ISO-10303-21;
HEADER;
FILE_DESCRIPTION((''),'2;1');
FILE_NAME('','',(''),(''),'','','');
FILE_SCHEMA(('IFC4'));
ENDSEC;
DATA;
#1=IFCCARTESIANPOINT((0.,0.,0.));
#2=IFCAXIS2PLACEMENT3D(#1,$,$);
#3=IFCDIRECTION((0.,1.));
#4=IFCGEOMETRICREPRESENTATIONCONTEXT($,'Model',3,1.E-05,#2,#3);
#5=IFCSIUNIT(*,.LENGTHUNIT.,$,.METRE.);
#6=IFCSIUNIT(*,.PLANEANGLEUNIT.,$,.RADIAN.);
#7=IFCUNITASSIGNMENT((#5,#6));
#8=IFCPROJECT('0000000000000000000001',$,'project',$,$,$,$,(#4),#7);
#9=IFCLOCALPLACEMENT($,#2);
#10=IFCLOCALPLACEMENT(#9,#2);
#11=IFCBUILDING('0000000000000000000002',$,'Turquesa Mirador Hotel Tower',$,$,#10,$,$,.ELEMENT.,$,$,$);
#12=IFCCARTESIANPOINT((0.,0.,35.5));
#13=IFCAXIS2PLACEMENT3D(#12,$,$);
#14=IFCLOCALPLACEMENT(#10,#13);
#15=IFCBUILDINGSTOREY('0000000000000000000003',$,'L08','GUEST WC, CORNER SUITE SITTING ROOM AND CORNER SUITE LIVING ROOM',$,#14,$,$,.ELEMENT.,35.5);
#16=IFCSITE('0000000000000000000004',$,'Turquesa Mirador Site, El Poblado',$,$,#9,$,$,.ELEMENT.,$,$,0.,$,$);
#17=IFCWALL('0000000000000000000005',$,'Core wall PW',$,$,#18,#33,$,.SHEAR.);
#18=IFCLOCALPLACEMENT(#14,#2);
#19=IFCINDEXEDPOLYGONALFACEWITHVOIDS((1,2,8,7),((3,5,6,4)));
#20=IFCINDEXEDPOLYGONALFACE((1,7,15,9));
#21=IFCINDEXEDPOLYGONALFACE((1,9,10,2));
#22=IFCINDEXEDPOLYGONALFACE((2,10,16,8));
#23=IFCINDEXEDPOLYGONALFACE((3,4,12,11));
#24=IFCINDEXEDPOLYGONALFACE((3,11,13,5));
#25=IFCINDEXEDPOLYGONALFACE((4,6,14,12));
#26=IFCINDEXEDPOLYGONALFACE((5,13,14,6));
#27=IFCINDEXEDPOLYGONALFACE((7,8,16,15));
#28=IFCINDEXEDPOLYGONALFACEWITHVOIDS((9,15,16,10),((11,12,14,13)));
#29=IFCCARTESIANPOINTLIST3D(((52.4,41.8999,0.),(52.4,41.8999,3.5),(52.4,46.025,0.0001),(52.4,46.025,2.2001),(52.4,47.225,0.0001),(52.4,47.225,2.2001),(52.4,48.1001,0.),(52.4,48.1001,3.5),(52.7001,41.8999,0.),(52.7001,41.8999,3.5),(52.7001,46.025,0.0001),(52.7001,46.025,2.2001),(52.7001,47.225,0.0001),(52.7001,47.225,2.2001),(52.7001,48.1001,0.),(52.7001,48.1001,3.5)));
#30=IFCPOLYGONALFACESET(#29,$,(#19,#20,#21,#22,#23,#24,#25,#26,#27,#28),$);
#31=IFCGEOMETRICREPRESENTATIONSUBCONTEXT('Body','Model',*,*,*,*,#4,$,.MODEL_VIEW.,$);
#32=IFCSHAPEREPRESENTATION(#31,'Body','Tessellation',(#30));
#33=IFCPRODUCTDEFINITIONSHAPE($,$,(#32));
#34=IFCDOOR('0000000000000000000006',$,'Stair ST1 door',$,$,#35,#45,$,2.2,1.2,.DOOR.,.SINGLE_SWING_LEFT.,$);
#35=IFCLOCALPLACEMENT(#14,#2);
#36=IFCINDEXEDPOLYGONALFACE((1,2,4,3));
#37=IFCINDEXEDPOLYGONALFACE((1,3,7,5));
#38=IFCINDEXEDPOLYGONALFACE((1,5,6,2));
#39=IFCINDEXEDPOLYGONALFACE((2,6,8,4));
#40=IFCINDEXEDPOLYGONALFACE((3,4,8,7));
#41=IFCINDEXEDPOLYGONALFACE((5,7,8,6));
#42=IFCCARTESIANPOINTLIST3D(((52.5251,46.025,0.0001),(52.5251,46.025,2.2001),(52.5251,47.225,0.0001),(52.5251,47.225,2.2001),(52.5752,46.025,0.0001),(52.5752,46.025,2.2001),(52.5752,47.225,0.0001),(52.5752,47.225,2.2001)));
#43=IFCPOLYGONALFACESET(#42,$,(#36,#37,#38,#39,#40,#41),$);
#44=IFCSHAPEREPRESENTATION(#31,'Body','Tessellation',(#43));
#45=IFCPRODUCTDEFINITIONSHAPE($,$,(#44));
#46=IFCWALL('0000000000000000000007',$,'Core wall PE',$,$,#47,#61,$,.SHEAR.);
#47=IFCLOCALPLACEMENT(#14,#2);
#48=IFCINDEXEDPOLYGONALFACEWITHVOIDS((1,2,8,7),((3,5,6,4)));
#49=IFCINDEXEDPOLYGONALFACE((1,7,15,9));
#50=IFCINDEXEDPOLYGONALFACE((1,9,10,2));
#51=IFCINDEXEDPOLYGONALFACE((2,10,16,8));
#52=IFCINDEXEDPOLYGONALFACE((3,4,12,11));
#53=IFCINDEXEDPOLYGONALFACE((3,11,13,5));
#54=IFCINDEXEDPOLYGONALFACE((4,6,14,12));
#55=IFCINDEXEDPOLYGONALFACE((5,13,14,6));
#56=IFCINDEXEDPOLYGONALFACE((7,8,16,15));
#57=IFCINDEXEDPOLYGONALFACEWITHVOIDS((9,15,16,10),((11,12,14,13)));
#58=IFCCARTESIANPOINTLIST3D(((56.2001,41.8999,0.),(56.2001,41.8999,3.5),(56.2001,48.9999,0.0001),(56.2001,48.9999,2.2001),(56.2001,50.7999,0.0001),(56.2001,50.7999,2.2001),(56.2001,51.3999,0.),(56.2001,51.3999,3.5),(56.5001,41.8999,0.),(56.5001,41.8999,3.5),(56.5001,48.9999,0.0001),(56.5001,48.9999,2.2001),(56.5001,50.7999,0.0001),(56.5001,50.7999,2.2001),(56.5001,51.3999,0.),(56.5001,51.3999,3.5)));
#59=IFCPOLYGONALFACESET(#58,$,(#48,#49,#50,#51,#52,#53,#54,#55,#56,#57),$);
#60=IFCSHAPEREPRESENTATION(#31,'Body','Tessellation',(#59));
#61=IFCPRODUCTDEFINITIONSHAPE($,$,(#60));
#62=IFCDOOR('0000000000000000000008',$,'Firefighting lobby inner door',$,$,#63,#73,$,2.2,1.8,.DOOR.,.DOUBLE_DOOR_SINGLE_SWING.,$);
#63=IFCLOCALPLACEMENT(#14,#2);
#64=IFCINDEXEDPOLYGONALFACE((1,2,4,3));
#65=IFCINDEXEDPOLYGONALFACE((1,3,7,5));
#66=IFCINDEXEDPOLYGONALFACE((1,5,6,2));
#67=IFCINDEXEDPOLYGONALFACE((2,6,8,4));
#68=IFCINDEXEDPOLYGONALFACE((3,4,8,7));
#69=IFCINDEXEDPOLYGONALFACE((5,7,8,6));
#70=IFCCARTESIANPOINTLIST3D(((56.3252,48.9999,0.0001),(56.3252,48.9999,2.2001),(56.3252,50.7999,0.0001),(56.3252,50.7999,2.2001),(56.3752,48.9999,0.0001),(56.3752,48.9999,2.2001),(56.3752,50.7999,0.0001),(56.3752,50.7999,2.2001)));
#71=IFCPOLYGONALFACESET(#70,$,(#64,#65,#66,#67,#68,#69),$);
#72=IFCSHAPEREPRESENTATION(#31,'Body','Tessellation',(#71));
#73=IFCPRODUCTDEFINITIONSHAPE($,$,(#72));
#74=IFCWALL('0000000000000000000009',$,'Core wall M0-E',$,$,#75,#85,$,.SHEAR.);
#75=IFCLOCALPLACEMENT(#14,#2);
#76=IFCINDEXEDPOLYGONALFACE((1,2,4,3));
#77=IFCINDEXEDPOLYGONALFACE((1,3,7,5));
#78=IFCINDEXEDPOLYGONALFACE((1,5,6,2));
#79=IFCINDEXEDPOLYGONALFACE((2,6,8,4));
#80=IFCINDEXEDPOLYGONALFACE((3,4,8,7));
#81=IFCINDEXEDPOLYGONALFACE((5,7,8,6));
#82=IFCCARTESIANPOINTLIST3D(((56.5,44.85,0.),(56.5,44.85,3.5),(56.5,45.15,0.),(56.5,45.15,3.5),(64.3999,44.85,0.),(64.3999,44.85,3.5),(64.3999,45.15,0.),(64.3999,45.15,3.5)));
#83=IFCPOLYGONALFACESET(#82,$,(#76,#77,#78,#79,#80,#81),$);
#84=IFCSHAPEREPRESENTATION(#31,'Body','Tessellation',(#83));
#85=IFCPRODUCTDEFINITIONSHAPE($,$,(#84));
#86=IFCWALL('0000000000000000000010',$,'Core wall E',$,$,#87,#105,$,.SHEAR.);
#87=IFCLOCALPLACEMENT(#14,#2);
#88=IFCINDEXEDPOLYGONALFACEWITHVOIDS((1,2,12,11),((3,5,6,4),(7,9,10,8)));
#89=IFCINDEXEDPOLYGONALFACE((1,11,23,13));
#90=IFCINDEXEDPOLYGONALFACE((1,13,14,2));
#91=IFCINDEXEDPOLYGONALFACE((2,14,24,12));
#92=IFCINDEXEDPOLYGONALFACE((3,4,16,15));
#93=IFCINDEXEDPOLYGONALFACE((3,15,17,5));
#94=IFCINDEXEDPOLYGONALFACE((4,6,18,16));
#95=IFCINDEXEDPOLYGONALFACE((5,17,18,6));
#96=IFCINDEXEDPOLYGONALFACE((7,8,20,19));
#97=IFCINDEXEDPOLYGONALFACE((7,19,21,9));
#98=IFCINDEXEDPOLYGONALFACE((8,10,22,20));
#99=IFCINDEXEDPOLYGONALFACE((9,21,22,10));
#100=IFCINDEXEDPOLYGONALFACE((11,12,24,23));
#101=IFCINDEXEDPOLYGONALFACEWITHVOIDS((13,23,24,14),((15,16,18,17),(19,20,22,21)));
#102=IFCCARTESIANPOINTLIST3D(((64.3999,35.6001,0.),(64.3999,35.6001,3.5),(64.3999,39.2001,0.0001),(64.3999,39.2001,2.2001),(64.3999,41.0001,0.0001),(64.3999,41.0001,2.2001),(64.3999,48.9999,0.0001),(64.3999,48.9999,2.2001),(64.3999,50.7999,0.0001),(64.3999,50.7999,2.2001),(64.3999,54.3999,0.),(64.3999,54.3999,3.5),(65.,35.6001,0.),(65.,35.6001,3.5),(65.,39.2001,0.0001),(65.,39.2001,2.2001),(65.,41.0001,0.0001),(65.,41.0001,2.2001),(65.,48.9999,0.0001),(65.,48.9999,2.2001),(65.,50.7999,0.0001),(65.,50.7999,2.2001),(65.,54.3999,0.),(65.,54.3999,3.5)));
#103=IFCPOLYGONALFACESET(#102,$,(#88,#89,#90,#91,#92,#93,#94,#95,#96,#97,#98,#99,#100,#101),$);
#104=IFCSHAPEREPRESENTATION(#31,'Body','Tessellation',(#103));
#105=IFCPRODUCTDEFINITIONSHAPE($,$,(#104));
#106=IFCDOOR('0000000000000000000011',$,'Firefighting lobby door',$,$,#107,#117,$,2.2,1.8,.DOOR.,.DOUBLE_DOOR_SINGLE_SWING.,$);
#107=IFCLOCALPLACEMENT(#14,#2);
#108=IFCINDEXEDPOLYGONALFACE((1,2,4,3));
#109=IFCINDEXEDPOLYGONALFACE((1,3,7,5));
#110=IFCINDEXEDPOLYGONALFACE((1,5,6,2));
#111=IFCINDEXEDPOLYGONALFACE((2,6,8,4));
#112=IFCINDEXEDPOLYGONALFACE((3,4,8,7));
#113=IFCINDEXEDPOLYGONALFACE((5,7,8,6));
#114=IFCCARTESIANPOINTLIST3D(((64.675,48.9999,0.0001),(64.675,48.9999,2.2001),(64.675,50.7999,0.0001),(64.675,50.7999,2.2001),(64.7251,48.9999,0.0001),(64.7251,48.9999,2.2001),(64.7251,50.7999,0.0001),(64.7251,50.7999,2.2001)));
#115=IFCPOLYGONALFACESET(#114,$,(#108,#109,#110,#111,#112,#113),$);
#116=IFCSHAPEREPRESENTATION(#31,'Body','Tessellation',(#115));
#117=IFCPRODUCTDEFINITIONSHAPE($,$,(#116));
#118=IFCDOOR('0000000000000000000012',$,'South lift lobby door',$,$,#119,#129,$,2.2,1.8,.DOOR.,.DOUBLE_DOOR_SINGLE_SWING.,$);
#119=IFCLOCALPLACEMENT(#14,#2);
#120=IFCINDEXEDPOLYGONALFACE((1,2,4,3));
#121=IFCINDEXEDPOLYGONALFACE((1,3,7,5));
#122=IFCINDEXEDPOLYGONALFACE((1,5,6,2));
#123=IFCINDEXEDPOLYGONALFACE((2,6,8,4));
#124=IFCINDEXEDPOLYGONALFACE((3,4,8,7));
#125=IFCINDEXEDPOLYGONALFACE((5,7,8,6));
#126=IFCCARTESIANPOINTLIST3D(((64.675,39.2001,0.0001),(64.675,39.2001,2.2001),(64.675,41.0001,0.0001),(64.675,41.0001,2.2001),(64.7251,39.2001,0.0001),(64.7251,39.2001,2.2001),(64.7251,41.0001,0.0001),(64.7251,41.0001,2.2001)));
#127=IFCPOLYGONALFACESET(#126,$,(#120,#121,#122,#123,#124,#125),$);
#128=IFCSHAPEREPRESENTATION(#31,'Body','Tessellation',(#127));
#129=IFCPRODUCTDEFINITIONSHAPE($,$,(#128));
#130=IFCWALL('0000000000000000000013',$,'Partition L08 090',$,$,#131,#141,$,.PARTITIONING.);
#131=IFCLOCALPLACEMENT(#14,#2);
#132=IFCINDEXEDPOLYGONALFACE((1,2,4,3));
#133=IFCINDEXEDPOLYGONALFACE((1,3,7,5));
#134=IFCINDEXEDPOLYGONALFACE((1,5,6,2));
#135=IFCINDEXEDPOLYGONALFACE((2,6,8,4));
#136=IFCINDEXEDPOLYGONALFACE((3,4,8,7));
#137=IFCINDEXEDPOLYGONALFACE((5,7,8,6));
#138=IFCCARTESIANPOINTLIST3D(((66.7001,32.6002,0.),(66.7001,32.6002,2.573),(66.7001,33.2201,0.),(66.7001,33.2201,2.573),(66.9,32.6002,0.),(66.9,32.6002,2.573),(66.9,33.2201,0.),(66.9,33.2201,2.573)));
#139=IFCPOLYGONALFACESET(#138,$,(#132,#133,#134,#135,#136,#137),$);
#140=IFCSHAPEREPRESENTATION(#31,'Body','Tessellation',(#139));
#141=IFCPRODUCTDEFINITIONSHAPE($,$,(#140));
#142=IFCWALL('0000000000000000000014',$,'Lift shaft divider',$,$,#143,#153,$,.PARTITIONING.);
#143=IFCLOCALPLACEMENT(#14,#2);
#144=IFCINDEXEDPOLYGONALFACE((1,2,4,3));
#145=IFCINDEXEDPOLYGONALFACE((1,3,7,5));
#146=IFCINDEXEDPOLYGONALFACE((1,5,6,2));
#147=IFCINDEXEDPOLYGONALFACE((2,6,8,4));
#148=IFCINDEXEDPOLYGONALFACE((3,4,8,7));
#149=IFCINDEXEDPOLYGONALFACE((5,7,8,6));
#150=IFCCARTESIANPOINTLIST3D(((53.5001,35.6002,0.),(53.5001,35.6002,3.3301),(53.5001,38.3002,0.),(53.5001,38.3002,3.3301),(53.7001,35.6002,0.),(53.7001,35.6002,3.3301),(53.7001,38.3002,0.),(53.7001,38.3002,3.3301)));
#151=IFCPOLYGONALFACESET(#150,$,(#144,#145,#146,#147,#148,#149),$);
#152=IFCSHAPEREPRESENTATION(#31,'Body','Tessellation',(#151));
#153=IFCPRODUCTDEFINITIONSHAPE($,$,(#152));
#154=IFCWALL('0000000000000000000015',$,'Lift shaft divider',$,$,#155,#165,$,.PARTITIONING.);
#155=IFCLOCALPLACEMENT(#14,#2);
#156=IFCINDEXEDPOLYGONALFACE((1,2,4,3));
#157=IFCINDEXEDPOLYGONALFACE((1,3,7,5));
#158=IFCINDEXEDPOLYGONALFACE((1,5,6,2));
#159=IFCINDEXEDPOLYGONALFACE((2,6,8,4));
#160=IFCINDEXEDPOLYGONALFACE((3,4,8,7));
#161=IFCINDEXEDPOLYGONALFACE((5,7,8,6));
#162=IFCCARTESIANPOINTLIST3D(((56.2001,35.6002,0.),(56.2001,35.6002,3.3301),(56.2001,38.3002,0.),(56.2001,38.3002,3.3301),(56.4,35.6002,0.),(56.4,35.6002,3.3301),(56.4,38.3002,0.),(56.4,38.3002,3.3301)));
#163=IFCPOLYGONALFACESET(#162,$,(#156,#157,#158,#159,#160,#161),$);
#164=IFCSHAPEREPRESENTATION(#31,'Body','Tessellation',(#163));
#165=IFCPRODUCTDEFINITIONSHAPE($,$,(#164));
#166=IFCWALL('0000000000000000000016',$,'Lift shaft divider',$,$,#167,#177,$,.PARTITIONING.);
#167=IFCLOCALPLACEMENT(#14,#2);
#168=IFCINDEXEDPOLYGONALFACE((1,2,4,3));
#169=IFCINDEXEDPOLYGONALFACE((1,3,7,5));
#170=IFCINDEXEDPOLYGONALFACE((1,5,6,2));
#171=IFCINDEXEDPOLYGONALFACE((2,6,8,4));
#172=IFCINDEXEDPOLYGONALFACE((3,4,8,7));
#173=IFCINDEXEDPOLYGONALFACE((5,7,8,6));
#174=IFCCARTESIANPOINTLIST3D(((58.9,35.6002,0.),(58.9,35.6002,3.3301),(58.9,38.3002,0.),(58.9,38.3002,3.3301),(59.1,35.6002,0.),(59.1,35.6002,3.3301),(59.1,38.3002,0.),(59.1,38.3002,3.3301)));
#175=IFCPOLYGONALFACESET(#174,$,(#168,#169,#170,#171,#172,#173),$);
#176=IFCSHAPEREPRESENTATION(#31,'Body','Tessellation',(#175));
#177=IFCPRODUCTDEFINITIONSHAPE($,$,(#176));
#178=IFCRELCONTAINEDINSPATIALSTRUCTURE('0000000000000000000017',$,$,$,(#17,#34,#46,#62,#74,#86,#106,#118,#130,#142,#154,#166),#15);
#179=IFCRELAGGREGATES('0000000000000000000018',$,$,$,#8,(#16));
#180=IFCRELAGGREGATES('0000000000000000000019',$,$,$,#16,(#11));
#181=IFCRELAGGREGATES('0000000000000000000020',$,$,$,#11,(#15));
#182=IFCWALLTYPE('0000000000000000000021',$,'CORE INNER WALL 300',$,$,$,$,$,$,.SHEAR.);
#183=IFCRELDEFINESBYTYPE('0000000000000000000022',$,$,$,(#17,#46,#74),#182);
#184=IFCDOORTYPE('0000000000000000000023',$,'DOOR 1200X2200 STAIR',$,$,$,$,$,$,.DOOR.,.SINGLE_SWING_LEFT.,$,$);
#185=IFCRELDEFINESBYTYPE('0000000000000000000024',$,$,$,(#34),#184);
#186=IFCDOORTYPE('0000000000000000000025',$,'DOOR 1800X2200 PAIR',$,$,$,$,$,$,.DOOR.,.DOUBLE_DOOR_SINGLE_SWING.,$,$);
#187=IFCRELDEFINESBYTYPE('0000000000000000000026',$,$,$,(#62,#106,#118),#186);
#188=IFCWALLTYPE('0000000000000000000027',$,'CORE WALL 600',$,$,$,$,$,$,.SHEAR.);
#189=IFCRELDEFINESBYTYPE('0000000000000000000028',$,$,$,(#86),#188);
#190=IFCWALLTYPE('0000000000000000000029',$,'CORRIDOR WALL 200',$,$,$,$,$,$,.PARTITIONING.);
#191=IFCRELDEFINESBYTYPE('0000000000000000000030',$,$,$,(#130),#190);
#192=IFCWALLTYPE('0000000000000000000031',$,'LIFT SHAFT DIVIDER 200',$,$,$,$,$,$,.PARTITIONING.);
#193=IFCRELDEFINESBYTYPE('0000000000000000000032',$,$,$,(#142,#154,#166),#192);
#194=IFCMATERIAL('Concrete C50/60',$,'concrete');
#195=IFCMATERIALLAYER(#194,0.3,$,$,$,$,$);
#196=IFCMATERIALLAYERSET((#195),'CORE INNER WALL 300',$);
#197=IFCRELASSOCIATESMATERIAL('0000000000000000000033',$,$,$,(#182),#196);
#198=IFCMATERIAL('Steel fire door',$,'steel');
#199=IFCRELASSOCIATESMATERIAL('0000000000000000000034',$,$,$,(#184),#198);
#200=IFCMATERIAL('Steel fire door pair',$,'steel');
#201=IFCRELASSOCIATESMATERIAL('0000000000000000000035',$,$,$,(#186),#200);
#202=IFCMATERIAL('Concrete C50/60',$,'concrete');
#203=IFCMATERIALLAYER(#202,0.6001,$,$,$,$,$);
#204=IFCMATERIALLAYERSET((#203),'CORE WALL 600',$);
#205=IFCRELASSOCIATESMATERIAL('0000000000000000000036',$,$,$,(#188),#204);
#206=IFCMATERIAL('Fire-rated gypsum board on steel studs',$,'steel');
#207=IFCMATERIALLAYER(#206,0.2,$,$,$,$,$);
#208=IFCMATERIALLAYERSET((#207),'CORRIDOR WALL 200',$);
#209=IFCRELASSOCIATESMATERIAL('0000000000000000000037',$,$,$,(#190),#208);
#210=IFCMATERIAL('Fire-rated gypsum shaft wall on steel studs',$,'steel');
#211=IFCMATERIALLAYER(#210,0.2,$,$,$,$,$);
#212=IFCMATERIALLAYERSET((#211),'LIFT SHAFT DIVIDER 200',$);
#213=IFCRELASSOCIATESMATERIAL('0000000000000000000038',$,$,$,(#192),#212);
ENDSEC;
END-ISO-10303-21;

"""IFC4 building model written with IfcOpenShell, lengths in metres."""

from ifc_helpers import new_model, si_unit, direction, frame, frame_2d, origin, place, context, subcontext, project, spatial, rectangle, extrude, material, layer, layer_set, type_object, element, fill, save


model = new_model("IFC4")

# Units and contexts
model_context = context("Model", 3, precision=1e-05, world=origin(), true_north=direction((0.0, 1.0)))
body_context = subcontext(model_context, "Body", "Model", "MODEL_VIEW")
ifc_project = project(units=[si_unit("LENGTHUNIT", "METRE"), si_unit("PLANEANGLEUNIT", "RADIAN")], contexts=[model_context])

# Site, building, storey
site_placement = place(None, origin())
site = spatial("IfcSite", under=ifc_project, at=site_placement, Name="Turquesa Mirador Site, El Poblado", CompositionType="ELEMENT", RefElevation=0.0)
building_placement = place(site_placement, origin())
building = spatial("IfcBuilding", under=site, at=building_placement, Name="Turquesa Mirador Hotel Tower", CompositionType="ELEMENT")
storey_placement = place(building_placement, frame((0.0, 0.0, 35.5)))
storey = spatial("IfcBuildingStorey", under=building, at=storey_placement, Name="L08", Description="GUEST WC, CORNER SUITE SITTING ROOM AND CORNER SUITE LIVING ROOM", CompositionType="ELEMENT", Elevation=35.5)

# Walls, openings, doors
ifc_material_1 = material(Name="Concrete C50/60", Category="concrete")
ifc_layer_1 = layer(ifc_material_1, 0.3)
ifc_layer_set_1 = layer_set([ifc_layer_1], Name="CORE INNER WALL 300")
wall_type_1 = type_object("IfcWallType", Name="CORE INNER WALL 300", PredefinedType="SHEAR", material=ifc_layer_set_1)
wall_1_placement = place(storey_placement, frame((52.55, 41.8999, 0.0), z_axis=(0.0, 0.0, 1.0), x_axis=(0.0, 1.0, 0.0)))
wall_1 = element("IfcWall", 1, at=wall_1_placement, inside=storey, type_object=wall_type_1, Name="Core wall PW", PredefinedType="SHEAR", context=body_context, shape_type="SweptSolid", body=[
    extrude(rectangle(XDim=6.2002, YDim=0.3, at=frame_2d((3.1001, 0.0))), origin(), (0.0, 0.0, 1.0), 3.5),
])
opening_1_placement = place(wall_1_placement, frame((4.125, 0.0, 0.0)))
opening_1 = element("IfcOpeningElement", 2, at=opening_1_placement, cuts=wall_1, PredefinedType="OPENING", context=body_context, shape_type="SweptSolid", body=[
    extrude(rectangle(XDim=1.2, YDim=2.2, at=frame_2d((0.6001, 1.1001))), frame((0.0, 0.1599, 0.0), z_axis=(0.0, -1.0, 0.0), x_axis=(1.0, 0.0, 0.0)), (0.0, 0.0, 1.0), 0.3201),
])
ifc_material_2 = material(Name="Steel fire door", Category="steel")
door_type_1 = type_object("IfcDoorType", Name="DOOR 1200X2200 STAIR", OperationType="SINGLE_SWING_LEFT", PredefinedType="DOOR", material=ifc_material_2)
door_1_placement = place(opening_1_placement, origin())
door_1 = element("IfcDoor", 3, at=door_1_placement, inside=storey, type_object=door_type_1, Name="Stair ST1 door", OperationType="SINGLE_SWING_LEFT", OverallHeight=2.2, OverallWidth=1.2, PredefinedType="DOOR", context=body_context, shape_type="SweptSolid", body=[
    extrude(rectangle(XDim=1.2, YDim=2.2, at=frame_2d((0.6001, 1.1001))), frame((0.0, 0.0249, 0.0), z_axis=(0.0, -1.0, 0.0), x_axis=(1.0, 0.0, 0.0)), (0.0, 0.0, 1.0), 0.05),
])
fill(opening_1, door_1)
wall_2_placement = place(storey_placement, frame((56.3501, 41.8999, 0.0), z_axis=(0.0, 0.0, 1.0), x_axis=(0.0, 1.0, 0.0)))
wall_2 = element("IfcWall", 4, at=wall_2_placement, inside=storey, type_object=wall_type_1, Name="Core wall PE", PredefinedType="SHEAR", context=body_context, shape_type="SweptSolid", body=[
    extrude(rectangle(XDim=9.5, YDim=0.3, at=frame_2d((4.75, 0.0))), origin(), (0.0, 0.0, 1.0), 3.5),
])
opening_2_placement = place(wall_2_placement, frame((7.1001, 0.0, 0.0)))
opening_2 = element("IfcOpeningElement", 5, at=opening_2_placement, cuts=wall_2, PredefinedType="OPENING", context=body_context, shape_type="SweptSolid", body=[
    extrude(rectangle(XDim=1.8, YDim=2.2, at=frame_2d((0.8999, 1.1001))), frame((0.0, 0.1599, 0.0), z_axis=(0.0, -1.0, 0.0), x_axis=(1.0, 0.0, 0.0)), (0.0, 0.0, 1.0), 0.3201),
])
ifc_material_3 = material(Name="Steel fire door pair", Category="steel")
door_type_2 = type_object("IfcDoorType", Name="DOOR 1800X2200 PAIR", OperationType="DOUBLE_DOOR_SINGLE_SWING", PredefinedType="DOOR", material=ifc_material_3)
door_2_placement = place(opening_2_placement, origin())
door_2 = element("IfcDoor", 6, at=door_2_placement, inside=storey, type_object=door_type_2, Name="Firefighting lobby inner door", OperationType="DOUBLE_DOOR_SINGLE_SWING", OverallHeight=2.2, OverallWidth=1.8, PredefinedType="DOOR", context=body_context, shape_type="SweptSolid", body=[
    extrude(rectangle(XDim=1.8, YDim=2.2, at=frame_2d((0.8999, 1.1001))), frame((0.0, 0.0249, 0.0), z_axis=(0.0, -1.0, 0.0), x_axis=(1.0, 0.0, 0.0)), (0.0, 0.0, 1.0), 0.05),
])
fill(opening_2, door_2)

# Wall
wall_3_placement = place(storey_placement, frame((56.5, 45.0, 0.0), z_axis=(0.0, 0.0, 1.0), x_axis=(1.0, 0.0, 0.0)))
element("IfcWall", 7, at=wall_3_placement, inside=storey, type_object=wall_type_1, Name="Core wall M0-E", PredefinedType="SHEAR", context=body_context, shape_type="SweptSolid", body=[
    extrude(rectangle(XDim=7.8999, YDim=0.3, at=frame_2d((3.95, 0.0))), origin(), (0.0, 0.0, 1.0), 3.5),
])

# Wall, openings, doors
ifc_material_4 = material(Name="Concrete C50/60", Category="concrete")
ifc_layer_2 = layer(ifc_material_4, 0.6001)
ifc_layer_set_2 = layer_set([ifc_layer_2], Name="CORE WALL 600")
wall_type_2 = type_object("IfcWallType", Name="CORE WALL 600", PredefinedType="SHEAR", material=ifc_layer_set_2)
wall_4_placement = place(storey_placement, frame((64.7, 35.6001, 0.0), z_axis=(0.0, 0.0, 1.0), x_axis=(0.0, 1.0, 0.0)))
wall_4 = element("IfcWall", 8, at=wall_4_placement, inside=storey, type_object=wall_type_2, Name="Core wall E", PredefinedType="SHEAR", context=body_context, shape_type="SweptSolid", body=[
    extrude(rectangle(XDim=18.7998, YDim=0.6001, at=frame_2d((9.3999, 0.0))), origin(), (0.0, 0.0, 1.0), 3.5),
])
opening_3_placement = place(wall_4_placement, frame((13.3999, 0.0, 0.0)))
opening_3 = element("IfcOpeningElement", 9, at=opening_3_placement, cuts=wall_4, PredefinedType="OPENING", context=body_context, shape_type="SweptSolid", body=[
    extrude(rectangle(XDim=1.8, YDim=2.2, at=frame_2d((0.8999, 1.1001))), frame((0.0, 0.3101, 0.0), z_axis=(0.0, -1.0, 0.0), x_axis=(1.0, 0.0, 0.0)), (0.0, 0.0, 1.0), 0.6201),
])
opening_4_placement = place(wall_4_placement, frame((3.6001, 0.0, 0.0)))
opening_4 = element("IfcOpeningElement", 10, at=opening_4_placement, cuts=wall_4, PredefinedType="OPENING", context=body_context, shape_type="SweptSolid", body=[
    extrude(rectangle(XDim=1.8, YDim=2.2, at=frame_2d((0.8999, 1.1001))), frame((0.0, 0.3101, 0.0), z_axis=(0.0, -1.0, 0.0), x_axis=(1.0, 0.0, 0.0)), (0.0, 0.0, 1.0), 0.6201),
])
door_3_placement = place(opening_3_placement, origin())
door_3 = element("IfcDoor", 11, at=door_3_placement, inside=storey, type_object=door_type_2, Name="Firefighting lobby door", OperationType="DOUBLE_DOOR_SINGLE_SWING", OverallHeight=2.2, OverallWidth=1.8, PredefinedType="DOOR", context=body_context, shape_type="SweptSolid", body=[
    extrude(rectangle(XDim=1.8, YDim=2.2, at=frame_2d((0.8999, 1.1001))), frame((0.0, 0.0249, 0.0), z_axis=(0.0, -1.0, 0.0), x_axis=(1.0, 0.0, 0.0)), (0.0, 0.0, 1.0), 0.05),
])
fill(opening_3, door_3)
door_4_placement = place(opening_4_placement, origin())
door_4 = element("IfcDoor", 12, at=door_4_placement, inside=storey, type_object=door_type_2, Name="South lift lobby door", OperationType="DOUBLE_DOOR_SINGLE_SWING", OverallHeight=2.2, OverallWidth=1.8, PredefinedType="DOOR", context=body_context, shape_type="SweptSolid", body=[
    extrude(rectangle(XDim=1.8, YDim=2.2, at=frame_2d((0.8999, 1.1001))), frame((0.0, 0.0249, 0.0), z_axis=(0.0, -1.0, 0.0), x_axis=(1.0, 0.0, 0.0)), (0.0, 0.0, 1.0), 0.05),
])
fill(opening_4, door_4)

# Walls
ifc_material_5 = material(Name="Fire-rated gypsum board on steel studs", Category="steel")
ifc_layer_3 = layer(ifc_material_5, 0.2)
ifc_layer_set_3 = layer_set([ifc_layer_3], Name="CORRIDOR WALL 200")
wall_type_3 = type_object("IfcWallType", Name="CORRIDOR WALL 200", PredefinedType="PARTITIONING", material=ifc_layer_set_3)
wall_5_placement = place(storey_placement, frame((66.8, 32.6001, 0.0), z_axis=(0.0, 0.0, 1.0), x_axis=(0.0, 1.0, 0.0)))
element("IfcWall", 13, at=wall_5_placement, inside=storey, type_object=wall_type_3, Name="Partition L08 090", PredefinedType="PARTITIONING", context=body_context, shape_type="SweptSolid", body=[
    extrude(rectangle(XDim=0.6199, YDim=0.2, at=frame_2d((0.3101, 0.0))), origin(), (0.0, 0.0, 1.0), 2.573),
])
ifc_material_6 = material(Name="Fire-rated gypsum shaft wall on steel studs", Category="steel")
ifc_layer_4 = layer(ifc_material_6, 0.2)
ifc_layer_set_4 = layer_set([ifc_layer_4], Name="LIFT SHAFT DIVIDER 200")
wall_type_4 = type_object("IfcWallType", Name="LIFT SHAFT DIVIDER 200", PredefinedType="PARTITIONING", material=ifc_layer_set_4)
for number, where, z_axis, x_axis, name in (
    (14, (53.6001, 35.6001, 0.0), (0.0, 0.0, 1.0), (0.0, 1.0, 0.0), "Lift shaft divider"),
    (15, (56.3, 35.6001, 0.0), (0.0, 0.0, 1.0), (0.0, 1.0, 0.0), "Lift shaft divider"),
    (16, (59.0, 35.6001, 0.0), (0.0, 0.0, 1.0), (0.0, 1.0, 0.0), "Lift shaft divider"),
):
    element("IfcWall", number, at=place(storey_placement, frame(where, z_axis=z_axis, x_axis=x_axis)), inside=storey, type_object=wall_type_4, Name=name, PredefinedType="PARTITIONING", context=body_context, shape_type="SweptSolid", body=[
        extrude(rectangle(XDim=2.7, YDim=0.2, at=frame_2d((1.3501, 0.0))), origin(), (0.0, 0.0, 1.0), 3.3301),
    ])

save(model, "model.ifc")
